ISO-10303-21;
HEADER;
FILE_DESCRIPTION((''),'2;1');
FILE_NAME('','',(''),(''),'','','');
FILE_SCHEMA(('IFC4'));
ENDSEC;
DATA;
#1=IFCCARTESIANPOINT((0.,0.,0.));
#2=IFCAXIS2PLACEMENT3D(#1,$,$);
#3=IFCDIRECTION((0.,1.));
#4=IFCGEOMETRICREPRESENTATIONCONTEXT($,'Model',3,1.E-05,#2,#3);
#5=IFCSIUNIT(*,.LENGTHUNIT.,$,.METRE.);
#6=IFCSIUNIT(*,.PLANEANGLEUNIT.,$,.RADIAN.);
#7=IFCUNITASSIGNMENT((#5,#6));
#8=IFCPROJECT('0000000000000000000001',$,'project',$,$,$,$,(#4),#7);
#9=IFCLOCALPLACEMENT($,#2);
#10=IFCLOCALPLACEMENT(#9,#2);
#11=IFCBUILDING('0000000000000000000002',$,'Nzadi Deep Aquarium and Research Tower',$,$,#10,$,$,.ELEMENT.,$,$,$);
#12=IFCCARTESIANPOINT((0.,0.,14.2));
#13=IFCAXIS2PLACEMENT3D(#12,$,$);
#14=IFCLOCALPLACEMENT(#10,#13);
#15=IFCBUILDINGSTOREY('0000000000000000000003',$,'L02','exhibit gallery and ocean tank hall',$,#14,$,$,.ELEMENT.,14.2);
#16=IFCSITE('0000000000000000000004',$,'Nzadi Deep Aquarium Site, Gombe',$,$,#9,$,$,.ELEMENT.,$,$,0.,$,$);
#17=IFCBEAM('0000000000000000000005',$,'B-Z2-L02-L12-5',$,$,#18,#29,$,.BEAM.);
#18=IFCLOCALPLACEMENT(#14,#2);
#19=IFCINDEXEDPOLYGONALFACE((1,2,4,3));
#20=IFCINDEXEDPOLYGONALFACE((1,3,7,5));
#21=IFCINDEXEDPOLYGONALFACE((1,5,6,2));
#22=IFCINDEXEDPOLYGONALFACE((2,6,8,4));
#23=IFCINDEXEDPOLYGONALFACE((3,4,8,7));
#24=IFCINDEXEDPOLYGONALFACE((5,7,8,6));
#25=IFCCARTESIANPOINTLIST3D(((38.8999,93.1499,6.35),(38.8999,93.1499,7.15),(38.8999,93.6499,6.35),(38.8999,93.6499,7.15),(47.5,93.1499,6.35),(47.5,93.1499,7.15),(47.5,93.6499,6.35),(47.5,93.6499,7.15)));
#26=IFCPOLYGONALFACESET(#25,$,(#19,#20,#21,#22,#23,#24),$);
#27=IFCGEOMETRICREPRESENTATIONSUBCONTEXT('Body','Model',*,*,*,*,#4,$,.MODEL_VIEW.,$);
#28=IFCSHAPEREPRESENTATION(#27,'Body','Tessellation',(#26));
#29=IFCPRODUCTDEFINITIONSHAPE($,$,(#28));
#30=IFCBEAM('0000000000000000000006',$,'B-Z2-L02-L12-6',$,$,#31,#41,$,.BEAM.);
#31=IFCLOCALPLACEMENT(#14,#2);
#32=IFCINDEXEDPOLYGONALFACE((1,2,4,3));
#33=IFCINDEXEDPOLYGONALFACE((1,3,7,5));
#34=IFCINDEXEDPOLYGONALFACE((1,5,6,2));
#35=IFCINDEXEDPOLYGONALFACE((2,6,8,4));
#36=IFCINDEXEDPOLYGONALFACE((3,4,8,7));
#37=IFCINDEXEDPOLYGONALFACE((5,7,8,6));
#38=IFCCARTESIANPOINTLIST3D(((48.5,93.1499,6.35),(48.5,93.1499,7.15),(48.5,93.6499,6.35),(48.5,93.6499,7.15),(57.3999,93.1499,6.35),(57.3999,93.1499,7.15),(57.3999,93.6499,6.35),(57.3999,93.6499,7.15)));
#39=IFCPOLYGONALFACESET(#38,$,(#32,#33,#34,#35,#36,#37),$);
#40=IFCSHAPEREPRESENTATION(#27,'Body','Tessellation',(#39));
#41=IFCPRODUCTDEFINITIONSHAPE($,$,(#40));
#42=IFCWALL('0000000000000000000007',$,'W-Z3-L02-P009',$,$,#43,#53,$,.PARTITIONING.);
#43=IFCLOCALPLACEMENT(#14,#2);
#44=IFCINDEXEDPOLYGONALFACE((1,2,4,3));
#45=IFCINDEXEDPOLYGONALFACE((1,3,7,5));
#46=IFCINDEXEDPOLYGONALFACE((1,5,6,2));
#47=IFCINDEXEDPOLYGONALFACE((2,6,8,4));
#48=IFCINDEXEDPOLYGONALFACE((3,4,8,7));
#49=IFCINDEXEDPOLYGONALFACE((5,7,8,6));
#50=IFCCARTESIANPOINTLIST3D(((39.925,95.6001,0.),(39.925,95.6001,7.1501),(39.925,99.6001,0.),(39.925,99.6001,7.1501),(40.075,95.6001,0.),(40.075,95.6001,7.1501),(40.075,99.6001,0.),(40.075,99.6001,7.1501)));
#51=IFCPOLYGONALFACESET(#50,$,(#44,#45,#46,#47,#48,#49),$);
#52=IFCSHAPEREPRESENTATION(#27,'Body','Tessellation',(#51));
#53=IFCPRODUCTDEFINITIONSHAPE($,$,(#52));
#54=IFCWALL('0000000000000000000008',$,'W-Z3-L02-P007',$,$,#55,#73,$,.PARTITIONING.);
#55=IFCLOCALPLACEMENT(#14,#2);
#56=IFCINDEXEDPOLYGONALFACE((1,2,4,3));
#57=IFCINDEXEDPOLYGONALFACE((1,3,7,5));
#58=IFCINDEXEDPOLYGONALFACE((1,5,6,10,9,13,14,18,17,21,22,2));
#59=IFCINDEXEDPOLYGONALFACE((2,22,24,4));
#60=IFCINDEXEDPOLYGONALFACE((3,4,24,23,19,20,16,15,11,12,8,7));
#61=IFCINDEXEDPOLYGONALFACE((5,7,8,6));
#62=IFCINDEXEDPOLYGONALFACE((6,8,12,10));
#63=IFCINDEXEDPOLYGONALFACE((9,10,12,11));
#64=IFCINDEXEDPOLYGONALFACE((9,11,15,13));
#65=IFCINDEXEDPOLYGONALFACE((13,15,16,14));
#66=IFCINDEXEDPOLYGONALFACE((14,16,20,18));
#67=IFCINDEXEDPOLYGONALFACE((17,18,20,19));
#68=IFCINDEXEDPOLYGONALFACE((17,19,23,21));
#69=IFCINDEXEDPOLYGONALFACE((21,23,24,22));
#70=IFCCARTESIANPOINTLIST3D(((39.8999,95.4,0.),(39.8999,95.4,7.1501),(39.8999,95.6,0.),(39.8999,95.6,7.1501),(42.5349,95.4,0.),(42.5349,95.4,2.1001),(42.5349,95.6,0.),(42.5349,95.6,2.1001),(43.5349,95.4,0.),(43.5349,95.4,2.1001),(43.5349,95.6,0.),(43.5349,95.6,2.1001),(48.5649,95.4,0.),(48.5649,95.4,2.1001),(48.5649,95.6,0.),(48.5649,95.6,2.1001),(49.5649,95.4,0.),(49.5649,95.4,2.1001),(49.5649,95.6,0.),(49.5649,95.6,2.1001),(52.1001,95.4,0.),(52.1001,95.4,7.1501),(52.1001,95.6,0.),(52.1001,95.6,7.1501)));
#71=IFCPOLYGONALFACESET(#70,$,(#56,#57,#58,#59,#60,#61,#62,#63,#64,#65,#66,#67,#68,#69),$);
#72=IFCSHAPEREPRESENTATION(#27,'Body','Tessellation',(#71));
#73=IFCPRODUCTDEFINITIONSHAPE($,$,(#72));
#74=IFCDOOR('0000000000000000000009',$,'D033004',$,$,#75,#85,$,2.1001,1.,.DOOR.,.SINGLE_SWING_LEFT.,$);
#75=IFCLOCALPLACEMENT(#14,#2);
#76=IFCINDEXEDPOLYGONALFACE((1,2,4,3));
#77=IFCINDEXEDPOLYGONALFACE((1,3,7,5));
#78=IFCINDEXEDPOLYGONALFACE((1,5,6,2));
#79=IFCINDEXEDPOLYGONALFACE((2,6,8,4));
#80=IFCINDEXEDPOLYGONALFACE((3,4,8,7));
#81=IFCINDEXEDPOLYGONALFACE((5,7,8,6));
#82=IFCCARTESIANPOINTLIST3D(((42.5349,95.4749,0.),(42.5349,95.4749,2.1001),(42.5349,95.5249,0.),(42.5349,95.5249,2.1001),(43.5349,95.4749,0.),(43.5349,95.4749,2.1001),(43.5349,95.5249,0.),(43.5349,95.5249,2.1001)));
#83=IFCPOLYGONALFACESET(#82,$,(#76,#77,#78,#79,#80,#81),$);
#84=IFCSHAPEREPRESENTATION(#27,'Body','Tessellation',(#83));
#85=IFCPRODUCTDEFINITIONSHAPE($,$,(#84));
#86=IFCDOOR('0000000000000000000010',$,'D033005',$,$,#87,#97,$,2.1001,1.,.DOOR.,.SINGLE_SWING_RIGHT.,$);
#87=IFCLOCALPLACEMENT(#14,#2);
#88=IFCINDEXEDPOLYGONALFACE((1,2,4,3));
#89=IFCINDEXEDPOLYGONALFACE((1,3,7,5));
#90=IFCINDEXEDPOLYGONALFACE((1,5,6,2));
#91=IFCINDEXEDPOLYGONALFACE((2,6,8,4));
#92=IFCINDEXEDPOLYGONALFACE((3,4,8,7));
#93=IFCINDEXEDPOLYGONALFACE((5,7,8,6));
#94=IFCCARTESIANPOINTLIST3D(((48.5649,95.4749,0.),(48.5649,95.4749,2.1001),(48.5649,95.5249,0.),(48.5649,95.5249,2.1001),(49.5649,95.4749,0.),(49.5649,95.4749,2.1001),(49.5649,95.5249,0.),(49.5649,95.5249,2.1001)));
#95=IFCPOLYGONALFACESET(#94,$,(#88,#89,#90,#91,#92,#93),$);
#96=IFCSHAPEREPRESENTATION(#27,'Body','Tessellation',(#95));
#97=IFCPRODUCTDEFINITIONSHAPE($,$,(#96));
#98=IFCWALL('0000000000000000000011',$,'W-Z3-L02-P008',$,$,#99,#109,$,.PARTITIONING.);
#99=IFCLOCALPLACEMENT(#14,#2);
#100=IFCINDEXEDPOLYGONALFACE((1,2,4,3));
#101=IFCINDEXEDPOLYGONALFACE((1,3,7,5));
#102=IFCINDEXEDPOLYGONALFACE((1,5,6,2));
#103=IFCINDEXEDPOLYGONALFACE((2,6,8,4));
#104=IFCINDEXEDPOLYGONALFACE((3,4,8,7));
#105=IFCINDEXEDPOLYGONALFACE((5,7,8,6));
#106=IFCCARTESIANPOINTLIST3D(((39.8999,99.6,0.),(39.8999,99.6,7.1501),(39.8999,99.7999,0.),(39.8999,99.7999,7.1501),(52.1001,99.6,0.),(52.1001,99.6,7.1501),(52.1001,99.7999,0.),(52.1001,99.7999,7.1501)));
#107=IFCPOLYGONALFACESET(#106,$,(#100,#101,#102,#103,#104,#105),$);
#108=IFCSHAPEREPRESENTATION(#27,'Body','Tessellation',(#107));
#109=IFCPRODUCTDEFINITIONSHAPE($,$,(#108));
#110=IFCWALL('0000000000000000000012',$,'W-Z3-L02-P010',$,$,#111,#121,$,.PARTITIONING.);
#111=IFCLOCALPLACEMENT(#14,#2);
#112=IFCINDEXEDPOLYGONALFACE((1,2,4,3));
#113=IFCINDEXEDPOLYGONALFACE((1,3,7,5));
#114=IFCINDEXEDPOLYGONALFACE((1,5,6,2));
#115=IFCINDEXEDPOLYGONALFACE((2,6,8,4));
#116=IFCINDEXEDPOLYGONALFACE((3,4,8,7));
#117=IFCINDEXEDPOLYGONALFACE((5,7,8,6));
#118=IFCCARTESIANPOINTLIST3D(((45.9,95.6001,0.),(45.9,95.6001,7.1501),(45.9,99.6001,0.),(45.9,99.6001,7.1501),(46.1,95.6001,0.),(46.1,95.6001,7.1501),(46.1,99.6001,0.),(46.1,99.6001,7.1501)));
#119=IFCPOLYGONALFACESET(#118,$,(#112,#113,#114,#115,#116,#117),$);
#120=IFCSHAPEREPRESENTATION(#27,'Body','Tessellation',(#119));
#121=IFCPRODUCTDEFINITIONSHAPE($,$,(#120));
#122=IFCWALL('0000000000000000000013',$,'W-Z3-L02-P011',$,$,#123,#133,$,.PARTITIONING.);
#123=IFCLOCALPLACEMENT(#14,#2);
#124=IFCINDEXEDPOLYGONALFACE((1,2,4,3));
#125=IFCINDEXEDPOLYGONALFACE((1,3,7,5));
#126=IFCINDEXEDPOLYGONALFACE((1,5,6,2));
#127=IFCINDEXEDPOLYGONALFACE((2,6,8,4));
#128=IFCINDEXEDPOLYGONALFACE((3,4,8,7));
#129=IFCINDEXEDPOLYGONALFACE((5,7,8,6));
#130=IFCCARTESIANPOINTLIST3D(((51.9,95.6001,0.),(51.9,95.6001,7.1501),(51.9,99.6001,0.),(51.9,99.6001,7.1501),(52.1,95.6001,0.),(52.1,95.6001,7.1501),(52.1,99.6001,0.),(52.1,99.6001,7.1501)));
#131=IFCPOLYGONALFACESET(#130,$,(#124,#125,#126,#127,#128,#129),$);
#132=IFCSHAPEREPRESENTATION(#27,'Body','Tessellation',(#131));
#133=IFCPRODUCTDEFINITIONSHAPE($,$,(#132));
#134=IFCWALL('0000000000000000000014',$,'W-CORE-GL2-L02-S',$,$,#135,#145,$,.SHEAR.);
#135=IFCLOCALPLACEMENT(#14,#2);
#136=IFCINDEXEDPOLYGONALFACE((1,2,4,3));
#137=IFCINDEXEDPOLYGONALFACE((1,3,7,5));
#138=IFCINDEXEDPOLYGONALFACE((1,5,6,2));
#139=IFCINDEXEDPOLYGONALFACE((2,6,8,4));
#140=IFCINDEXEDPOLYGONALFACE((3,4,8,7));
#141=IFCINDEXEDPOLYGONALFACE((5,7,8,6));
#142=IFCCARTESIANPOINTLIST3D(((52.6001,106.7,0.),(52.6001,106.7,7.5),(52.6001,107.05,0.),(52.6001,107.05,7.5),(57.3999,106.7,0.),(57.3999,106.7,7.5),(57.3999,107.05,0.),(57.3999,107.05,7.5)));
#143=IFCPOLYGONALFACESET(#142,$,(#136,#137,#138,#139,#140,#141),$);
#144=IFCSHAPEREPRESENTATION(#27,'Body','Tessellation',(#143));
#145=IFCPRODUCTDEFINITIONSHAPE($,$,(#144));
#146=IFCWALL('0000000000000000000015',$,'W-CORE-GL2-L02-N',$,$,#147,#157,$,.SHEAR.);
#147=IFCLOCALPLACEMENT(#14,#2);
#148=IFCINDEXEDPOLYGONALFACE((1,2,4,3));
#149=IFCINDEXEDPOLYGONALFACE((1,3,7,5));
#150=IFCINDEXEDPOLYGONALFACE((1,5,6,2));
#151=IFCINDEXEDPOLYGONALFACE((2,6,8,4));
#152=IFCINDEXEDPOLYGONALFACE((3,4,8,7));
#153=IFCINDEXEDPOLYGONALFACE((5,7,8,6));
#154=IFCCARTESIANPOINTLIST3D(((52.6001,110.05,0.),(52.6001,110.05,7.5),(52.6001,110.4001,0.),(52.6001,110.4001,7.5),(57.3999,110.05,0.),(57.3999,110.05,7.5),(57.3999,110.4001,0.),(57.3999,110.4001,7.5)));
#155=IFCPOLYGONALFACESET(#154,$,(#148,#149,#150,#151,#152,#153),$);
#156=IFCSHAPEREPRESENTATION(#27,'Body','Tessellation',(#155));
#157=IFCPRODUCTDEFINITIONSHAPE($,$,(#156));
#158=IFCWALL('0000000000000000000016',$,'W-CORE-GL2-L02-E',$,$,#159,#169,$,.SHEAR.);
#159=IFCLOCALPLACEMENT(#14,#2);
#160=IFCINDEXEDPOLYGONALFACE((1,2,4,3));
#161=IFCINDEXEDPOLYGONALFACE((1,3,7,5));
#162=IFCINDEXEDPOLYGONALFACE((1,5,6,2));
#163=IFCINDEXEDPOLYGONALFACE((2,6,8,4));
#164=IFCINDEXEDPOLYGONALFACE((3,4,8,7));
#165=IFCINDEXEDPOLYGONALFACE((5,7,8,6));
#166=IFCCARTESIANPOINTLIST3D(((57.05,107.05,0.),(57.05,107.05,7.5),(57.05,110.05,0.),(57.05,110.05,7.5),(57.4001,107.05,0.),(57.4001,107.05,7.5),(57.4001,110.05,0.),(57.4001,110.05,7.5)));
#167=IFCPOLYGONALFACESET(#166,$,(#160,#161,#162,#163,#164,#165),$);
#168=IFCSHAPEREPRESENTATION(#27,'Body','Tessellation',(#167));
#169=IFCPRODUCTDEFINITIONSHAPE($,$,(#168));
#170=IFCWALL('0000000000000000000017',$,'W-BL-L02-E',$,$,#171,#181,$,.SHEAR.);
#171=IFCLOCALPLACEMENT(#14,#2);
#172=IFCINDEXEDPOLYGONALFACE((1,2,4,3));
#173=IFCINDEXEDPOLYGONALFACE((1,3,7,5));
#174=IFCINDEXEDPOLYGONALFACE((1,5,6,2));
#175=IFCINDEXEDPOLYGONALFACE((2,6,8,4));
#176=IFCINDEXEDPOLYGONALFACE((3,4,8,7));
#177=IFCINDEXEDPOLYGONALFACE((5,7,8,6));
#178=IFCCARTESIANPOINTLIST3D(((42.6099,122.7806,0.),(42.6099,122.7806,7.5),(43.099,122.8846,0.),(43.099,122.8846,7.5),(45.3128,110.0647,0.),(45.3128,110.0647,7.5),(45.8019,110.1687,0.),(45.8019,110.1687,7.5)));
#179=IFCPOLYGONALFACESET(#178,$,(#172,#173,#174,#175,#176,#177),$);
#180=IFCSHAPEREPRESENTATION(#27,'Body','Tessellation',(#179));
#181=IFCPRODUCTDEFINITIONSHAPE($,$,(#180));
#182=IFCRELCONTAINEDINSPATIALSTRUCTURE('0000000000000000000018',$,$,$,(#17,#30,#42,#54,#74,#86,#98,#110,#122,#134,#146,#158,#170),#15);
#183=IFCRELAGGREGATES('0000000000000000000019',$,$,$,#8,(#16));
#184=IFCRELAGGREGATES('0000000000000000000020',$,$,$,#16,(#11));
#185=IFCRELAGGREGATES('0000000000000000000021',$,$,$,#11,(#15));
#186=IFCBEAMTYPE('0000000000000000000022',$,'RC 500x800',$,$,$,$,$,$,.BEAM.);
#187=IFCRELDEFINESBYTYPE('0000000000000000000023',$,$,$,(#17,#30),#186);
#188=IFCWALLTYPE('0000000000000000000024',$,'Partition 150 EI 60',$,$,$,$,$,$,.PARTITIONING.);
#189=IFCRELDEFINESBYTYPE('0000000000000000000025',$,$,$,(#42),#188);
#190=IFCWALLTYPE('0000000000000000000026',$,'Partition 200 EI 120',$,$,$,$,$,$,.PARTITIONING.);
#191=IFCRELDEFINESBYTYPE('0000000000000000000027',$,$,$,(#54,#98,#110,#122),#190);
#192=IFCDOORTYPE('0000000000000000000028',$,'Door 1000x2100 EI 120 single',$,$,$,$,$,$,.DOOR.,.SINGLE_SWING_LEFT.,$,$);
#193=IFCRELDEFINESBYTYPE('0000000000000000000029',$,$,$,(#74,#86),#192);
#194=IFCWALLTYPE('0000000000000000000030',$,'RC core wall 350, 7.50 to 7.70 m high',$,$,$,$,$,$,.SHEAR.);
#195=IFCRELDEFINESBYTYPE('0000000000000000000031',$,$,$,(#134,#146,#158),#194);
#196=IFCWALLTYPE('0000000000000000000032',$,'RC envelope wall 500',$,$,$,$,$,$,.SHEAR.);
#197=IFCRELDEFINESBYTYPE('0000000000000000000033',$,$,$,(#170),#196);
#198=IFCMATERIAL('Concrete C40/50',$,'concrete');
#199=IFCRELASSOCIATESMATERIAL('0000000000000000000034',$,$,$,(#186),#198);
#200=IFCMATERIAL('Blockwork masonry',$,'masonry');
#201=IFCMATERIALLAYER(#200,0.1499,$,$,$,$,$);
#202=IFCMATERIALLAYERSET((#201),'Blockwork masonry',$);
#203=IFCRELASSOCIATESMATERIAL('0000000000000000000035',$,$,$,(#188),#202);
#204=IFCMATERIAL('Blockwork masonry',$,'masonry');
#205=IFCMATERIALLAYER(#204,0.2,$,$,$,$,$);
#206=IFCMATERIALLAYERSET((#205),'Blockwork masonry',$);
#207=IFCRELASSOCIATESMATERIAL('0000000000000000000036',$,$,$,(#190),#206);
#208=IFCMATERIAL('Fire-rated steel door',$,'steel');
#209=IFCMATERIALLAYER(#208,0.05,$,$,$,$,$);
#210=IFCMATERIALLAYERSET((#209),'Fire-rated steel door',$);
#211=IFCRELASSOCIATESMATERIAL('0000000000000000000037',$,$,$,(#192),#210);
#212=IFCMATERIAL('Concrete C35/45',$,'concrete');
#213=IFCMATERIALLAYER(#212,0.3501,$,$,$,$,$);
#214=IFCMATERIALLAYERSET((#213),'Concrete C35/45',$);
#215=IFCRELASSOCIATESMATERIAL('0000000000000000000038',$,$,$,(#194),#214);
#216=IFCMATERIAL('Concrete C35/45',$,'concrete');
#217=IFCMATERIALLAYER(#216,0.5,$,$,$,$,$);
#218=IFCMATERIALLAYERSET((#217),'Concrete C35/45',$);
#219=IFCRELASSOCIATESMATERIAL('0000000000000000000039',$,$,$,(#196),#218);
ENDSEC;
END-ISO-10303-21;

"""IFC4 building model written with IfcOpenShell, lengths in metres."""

from ifc_helpers import new_model, si_unit, direction, frame, frame_2d, origin, origin_2d, place, context, subcontext, project, spatial, rectangle, extrude, material, layer, layer_set, material_profile, profile_set, type_object, element, fill, save


model = new_model("IFC4")

# Units and contexts
model_context = context("Model", 3, precision=1e-05, world=origin(), true_north=direction((0.0, 1.0)))
body_context = subcontext(model_context, "Body", "Model", "MODEL_VIEW")
ifc_project = project(units=[si_unit("LENGTHUNIT", "METRE"), si_unit("PLANEANGLEUNIT", "RADIAN")], contexts=[model_context])

# Site, building, storey
site_placement = place(None, origin())
site = spatial("IfcSite", under=ifc_project, at=site_placement, Name="Nzadi Deep Aquarium Site, Gombe", CompositionType="ELEMENT", RefElevation=0.0)
building_placement = place(site_placement, origin())
building = spatial("IfcBuilding", under=site, at=building_placement, Name="Nzadi Deep Aquarium and Research Tower", CompositionType="ELEMENT")
storey_placement = place(building_placement, frame((0.0, 0.0, 14.2)))
storey = spatial("IfcBuildingStorey", under=building, at=storey_placement, Name="L02", Description="exhibit gallery and ocean tank hall", CompositionType="ELEMENT", Elevation=14.2)

# Beams
ifc_material_1 = material(Name="Concrete C40/50", Category="concrete")
ifc_material_profile_1 = material_profile(ifc_material_1, rectangle(XDim=0.5, YDim=0.8, at=origin_2d()))
ifc_profile_set_1 = profile_set([ifc_material_profile_1], Name="Concrete C40/50")
beam_type_1 = type_object("IfcBeamType", Name="RC 500x800", PredefinedType="BEAM", material=ifc_profile_set_1)
beam_1_placement = place(storey_placement, frame((38.8999, 93.3999, 6.75), z_axis=(1.0, 0.0, 0.0), x_axis=(0.0, 1.0, 0.0)))
element("IfcBeam", 1, at=beam_1_placement, inside=storey, type_object=beam_type_1, Name="B-Z2-L02-L12-5", PredefinedType="BEAM", context=body_context, shape_type="SweptSolid", body=[
    extrude(rectangle(XDim=0.5, YDim=0.8, at=origin_2d()), origin(), (0.0, 0.0, 1.0), 8.6001),
])
beam_2_placement = place(storey_placement, frame((48.5, 93.3999, 6.75), z_axis=(1.0, 0.0, 0.0), x_axis=(0.0, 1.0, 0.0)))
element("IfcBeam", 2, at=beam_2_placement, inside=storey, type_object=beam_type_1, Name="B-Z2-L02-L12-6", PredefinedType="BEAM", context=body_context, shape_type="SweptSolid", body=[
    extrude(rectangle(XDim=0.5, YDim=0.8, at=origin_2d()), origin(), (0.0, 0.0, 1.0), 8.8999),
])

# Wall
ifc_material_2 = material(Name="Blockwork masonry", Category="masonry")
ifc_layer_1 = layer(ifc_material_2, 0.1499)
ifc_layer_set_1 = layer_set([ifc_layer_1], Name="Blockwork masonry")
wall_type_1 = type_object("IfcWallType", Name="Partition 150 EI 60", PredefinedType="PARTITIONING", material=ifc_layer_set_1)
wall_1_placement = place(storey_placement, frame((40.0, 95.6001, 0.0), z_axis=(0.0, 0.0, 1.0), x_axis=(0.0, 1.0, 0.0)))
element("IfcWall", 3, at=wall_1_placement, inside=storey, type_object=wall_type_1, Name="W-Z3-L02-P009", PredefinedType="PARTITIONING", context=body_context, shape_type="SweptSolid", body=[
    extrude(rectangle(XDim=4.0, YDim=0.1499, at=frame_2d((2.0, 0.0))), origin(), (0.0, 0.0, 1.0), 7.1501),
])

# Wall, openings, doors
ifc_material_3 = material(Name="Blockwork masonry", Category="masonry")
ifc_layer_2 = layer(ifc_material_3, 0.2)
ifc_layer_set_2 = layer_set([ifc_layer_2], Name="Blockwork masonry")
wall_type_2 = type_object("IfcWallType", Name="Partition 200 EI 120", PredefinedType="PARTITIONING", material=ifc_layer_set_2)
wall_2_placement = place(storey_placement, frame((39.8999, 95.5, 0.0), z_axis=(0.0, 0.0, 1.0), x_axis=(1.0, 0.0, 0.0)))
wall_2 = element("IfcWall", 4, at=wall_2_placement, inside=storey, type_object=wall_type_2, Name="W-Z3-L02-P007", PredefinedType="PARTITIONING", context=body_context, shape_type="SweptSolid", body=[
    extrude(rectangle(XDim=12.2002, YDim=0.2, at=frame_2d((6.1001, 0.0))), origin(), (0.0, 0.0, 1.0), 7.1501),
])
opening_1_placement = place(wall_2_placement, frame((2.635, 0.0, 0.0)))
opening_1 = element("IfcOpeningElement", 5, at=opening_1_placement, cuts=wall_2, PredefinedType="OPENING", context=body_context, shape_type="SweptSolid", body=[
    extrude(rectangle(XDim=1.0, YDim=2.1001, at=frame_2d((0.5, 1.05))), frame((0.0, 0.1101, 0.0), z_axis=(0.0, -1.0, 0.0), x_axis=(1.0, 0.0, 0.0)), (0.0, 0.0, 1.0), 0.2202),
])
opening_2_placement = place(wall_2_placement, frame((8.665, 0.0, 0.0)))
opening_2 = element("IfcOpeningElement", 6, at=opening_2_placement, cuts=wall_2, PredefinedType="OPENING", context=body_context, shape_type="SweptSolid", body=[
    extrude(rectangle(XDim=1.0, YDim=2.1001, at=frame_2d((0.5, 1.05))), frame((0.0, 0.1101, 0.0), z_axis=(0.0, -1.0, 0.0), x_axis=(1.0, 0.0, 0.0)), (0.0, 0.0, 1.0), 0.2202),
])
ifc_material_4 = material(Name="Fire-rated steel door", Category="steel")
ifc_layer_3 = layer(ifc_material_4, 0.05)
ifc_layer_set_3 = layer_set([ifc_layer_3], Name="Fire-rated steel door")
door_type_1 = type_object("IfcDoorType", Name="Door 1000x2100 EI 120 single", OperationType="SINGLE_SWING_LEFT", PredefinedType="DOOR", material=ifc_layer_set_3)
door_1_placement = place(opening_1_placement, origin())
door_1 = element("IfcDoor", 7, at=door_1_placement, inside=storey, type_object=door_type_1, Name="D033004", OperationType="SINGLE_SWING_LEFT", OverallHeight=2.1001, OverallWidth=1.0, PredefinedType="DOOR", context=body_context, shape_type="SweptSolid", body=[
    extrude(rectangle(XDim=1.0, YDim=2.1001, at=frame_2d((0.5, 1.05))), frame((0.0, 0.0249, 0.0), z_axis=(0.0, -1.0, 0.0), x_axis=(1.0, 0.0, 0.0)), (0.0, 0.0, 1.0), 0.05),
])
fill(opening_1, door_1)
door_2_placement = place(opening_2_placement, origin())
door_2 = element("IfcDoor", 8, at=door_2_placement, inside=storey, type_object=door_type_1, Name="D033005", OperationType="SINGLE_SWING_RIGHT", OverallHeight=2.1001, OverallWidth=1.0, PredefinedType="DOOR", context=body_context, shape_type="SweptSolid", body=[
    extrude(rectangle(XDim=1.0, YDim=2.1001, at=frame_2d((0.5, 1.05))), frame((0.0, 0.0249, 0.0), z_axis=(0.0, -1.0, 0.0), x_axis=(1.0, 0.0, 0.0)), (0.0, 0.0, 1.0), 0.05),
])
fill(opening_2, door_2)

# Walls
wall_3_placement = place(storey_placement, frame((39.8999, 99.7, 0.0), z_axis=(0.0, 0.0, 1.0), x_axis=(1.0, 0.0, 0.0)))
element("IfcWall", 9, at=wall_3_placement, inside=storey, type_object=wall_type_2, Name="W-Z3-L02-P008", PredefinedType="PARTITIONING", context=body_context, shape_type="SweptSolid", body=[
    extrude(rectangle(XDim=12.2002, YDim=0.2, at=frame_2d((6.1001, 0.0))), origin(), (0.0, 0.0, 1.0), 7.1501),
])
for number, where, z_axis, x_axis, name in (
    (10, (46.0, 95.6001, 0.0), (0.0, 0.0, 1.0), (0.0, 1.0, 0.0), "W-Z3-L02-P010"),
    (11, (52.0, 95.6001, 0.0), (0.0, 0.0, 1.0), (0.0, 1.0, 0.0), "W-Z3-L02-P011"),
):
    element("IfcWall", number, at=place(storey_placement, frame(where, z_axis=z_axis, x_axis=x_axis)), inside=storey, type_object=wall_type_2, Name=name, PredefinedType="PARTITIONING", context=body_context, shape_type="SweptSolid", body=[
        extrude(rectangle(XDim=4.0, YDim=0.2, at=frame_2d((2.0, 0.0))), origin(), (0.0, 0.0, 1.0), 7.1501),
    ])
ifc_material_5 = material(Name="Concrete C35/45", Category="concrete")
ifc_layer_4 = layer(ifc_material_5, 0.3501)
ifc_layer_set_4 = layer_set([ifc_layer_4], Name="Concrete C35/45")
wall_type_3 = type_object("IfcWallType", Name="RC core wall 350, 7.50 to 7.70 m high", PredefinedType="SHEAR", material=ifc_layer_set_4)
for number, where, z_axis, x_axis, name in (
    (12, (52.6001, 106.875, 0.0), (0.0, 0.0, 1.0), (1.0, 0.0, 0.0), "W-CORE-GL2-L02-S"),
    (13, (52.6001, 110.2251, 0.0), (0.0, 0.0, 1.0), (1.0, 0.0, 0.0), "W-CORE-GL2-L02-N"),
):
    element("IfcWall", number, at=place(storey_placement, frame(where, z_axis=z_axis, x_axis=x_axis)), inside=storey, type_object=wall_type_3, Name=name, PredefinedType="SHEAR", context=body_context, shape_type="SweptSolid", body=[
        extrude(rectangle(XDim=4.7998, YDim=0.3501, at=frame_2d((2.3999, 0.0))), origin(), (0.0, 0.0, 1.0), 7.5),
    ])

# Walls
wall_4_placement = place(storey_placement, frame((57.2251, 107.05, 0.0), z_axis=(0.0, 0.0, 1.0), x_axis=(0.0, 1.0, 0.0)))
element("IfcWall", 14, at=wall_4_placement, inside=storey, type_object=wall_type_3, Name="W-CORE-GL2-L02-E", PredefinedType="SHEAR", context=body_context, shape_type="SweptSolid", body=[
    extrude(rectangle(XDim=3.0, YDim=0.3501, at=frame_2d((1.5, 0.0))), origin(), (0.0, 0.0, 1.0), 7.5),
])
ifc_material_6 = material(Name="Concrete C35/45", Category="concrete")
ifc_layer_5 = layer(ifc_material_6, 0.5)
ifc_layer_set_5 = layer_set([ifc_layer_5], Name="Concrete C35/45")
wall_type_4 = type_object("IfcWallType", Name="RC envelope wall 500", PredefinedType="SHEAR", material=ifc_layer_set_5)
wall_5_placement = place(storey_placement, frame((45.5574, 110.1167, 0.0), z_axis=(0.0, 0.0, 1.0), x_axis=(-0.207915, 0.978147, 0.0)))
element("IfcWall", 15, at=wall_5_placement, inside=storey, type_object=wall_type_4, Name="W-BL-L02-E", PredefinedType="SHEAR", context=body_context, shape_type="SweptSolid", body=[
    extrude(rectangle(XDim=13.0, YDim=0.5, at=frame_2d((6.5, 0.0))), origin(), (0.0, 0.0, 1.0), 7.5),
])

save(model, "model.ifc")
